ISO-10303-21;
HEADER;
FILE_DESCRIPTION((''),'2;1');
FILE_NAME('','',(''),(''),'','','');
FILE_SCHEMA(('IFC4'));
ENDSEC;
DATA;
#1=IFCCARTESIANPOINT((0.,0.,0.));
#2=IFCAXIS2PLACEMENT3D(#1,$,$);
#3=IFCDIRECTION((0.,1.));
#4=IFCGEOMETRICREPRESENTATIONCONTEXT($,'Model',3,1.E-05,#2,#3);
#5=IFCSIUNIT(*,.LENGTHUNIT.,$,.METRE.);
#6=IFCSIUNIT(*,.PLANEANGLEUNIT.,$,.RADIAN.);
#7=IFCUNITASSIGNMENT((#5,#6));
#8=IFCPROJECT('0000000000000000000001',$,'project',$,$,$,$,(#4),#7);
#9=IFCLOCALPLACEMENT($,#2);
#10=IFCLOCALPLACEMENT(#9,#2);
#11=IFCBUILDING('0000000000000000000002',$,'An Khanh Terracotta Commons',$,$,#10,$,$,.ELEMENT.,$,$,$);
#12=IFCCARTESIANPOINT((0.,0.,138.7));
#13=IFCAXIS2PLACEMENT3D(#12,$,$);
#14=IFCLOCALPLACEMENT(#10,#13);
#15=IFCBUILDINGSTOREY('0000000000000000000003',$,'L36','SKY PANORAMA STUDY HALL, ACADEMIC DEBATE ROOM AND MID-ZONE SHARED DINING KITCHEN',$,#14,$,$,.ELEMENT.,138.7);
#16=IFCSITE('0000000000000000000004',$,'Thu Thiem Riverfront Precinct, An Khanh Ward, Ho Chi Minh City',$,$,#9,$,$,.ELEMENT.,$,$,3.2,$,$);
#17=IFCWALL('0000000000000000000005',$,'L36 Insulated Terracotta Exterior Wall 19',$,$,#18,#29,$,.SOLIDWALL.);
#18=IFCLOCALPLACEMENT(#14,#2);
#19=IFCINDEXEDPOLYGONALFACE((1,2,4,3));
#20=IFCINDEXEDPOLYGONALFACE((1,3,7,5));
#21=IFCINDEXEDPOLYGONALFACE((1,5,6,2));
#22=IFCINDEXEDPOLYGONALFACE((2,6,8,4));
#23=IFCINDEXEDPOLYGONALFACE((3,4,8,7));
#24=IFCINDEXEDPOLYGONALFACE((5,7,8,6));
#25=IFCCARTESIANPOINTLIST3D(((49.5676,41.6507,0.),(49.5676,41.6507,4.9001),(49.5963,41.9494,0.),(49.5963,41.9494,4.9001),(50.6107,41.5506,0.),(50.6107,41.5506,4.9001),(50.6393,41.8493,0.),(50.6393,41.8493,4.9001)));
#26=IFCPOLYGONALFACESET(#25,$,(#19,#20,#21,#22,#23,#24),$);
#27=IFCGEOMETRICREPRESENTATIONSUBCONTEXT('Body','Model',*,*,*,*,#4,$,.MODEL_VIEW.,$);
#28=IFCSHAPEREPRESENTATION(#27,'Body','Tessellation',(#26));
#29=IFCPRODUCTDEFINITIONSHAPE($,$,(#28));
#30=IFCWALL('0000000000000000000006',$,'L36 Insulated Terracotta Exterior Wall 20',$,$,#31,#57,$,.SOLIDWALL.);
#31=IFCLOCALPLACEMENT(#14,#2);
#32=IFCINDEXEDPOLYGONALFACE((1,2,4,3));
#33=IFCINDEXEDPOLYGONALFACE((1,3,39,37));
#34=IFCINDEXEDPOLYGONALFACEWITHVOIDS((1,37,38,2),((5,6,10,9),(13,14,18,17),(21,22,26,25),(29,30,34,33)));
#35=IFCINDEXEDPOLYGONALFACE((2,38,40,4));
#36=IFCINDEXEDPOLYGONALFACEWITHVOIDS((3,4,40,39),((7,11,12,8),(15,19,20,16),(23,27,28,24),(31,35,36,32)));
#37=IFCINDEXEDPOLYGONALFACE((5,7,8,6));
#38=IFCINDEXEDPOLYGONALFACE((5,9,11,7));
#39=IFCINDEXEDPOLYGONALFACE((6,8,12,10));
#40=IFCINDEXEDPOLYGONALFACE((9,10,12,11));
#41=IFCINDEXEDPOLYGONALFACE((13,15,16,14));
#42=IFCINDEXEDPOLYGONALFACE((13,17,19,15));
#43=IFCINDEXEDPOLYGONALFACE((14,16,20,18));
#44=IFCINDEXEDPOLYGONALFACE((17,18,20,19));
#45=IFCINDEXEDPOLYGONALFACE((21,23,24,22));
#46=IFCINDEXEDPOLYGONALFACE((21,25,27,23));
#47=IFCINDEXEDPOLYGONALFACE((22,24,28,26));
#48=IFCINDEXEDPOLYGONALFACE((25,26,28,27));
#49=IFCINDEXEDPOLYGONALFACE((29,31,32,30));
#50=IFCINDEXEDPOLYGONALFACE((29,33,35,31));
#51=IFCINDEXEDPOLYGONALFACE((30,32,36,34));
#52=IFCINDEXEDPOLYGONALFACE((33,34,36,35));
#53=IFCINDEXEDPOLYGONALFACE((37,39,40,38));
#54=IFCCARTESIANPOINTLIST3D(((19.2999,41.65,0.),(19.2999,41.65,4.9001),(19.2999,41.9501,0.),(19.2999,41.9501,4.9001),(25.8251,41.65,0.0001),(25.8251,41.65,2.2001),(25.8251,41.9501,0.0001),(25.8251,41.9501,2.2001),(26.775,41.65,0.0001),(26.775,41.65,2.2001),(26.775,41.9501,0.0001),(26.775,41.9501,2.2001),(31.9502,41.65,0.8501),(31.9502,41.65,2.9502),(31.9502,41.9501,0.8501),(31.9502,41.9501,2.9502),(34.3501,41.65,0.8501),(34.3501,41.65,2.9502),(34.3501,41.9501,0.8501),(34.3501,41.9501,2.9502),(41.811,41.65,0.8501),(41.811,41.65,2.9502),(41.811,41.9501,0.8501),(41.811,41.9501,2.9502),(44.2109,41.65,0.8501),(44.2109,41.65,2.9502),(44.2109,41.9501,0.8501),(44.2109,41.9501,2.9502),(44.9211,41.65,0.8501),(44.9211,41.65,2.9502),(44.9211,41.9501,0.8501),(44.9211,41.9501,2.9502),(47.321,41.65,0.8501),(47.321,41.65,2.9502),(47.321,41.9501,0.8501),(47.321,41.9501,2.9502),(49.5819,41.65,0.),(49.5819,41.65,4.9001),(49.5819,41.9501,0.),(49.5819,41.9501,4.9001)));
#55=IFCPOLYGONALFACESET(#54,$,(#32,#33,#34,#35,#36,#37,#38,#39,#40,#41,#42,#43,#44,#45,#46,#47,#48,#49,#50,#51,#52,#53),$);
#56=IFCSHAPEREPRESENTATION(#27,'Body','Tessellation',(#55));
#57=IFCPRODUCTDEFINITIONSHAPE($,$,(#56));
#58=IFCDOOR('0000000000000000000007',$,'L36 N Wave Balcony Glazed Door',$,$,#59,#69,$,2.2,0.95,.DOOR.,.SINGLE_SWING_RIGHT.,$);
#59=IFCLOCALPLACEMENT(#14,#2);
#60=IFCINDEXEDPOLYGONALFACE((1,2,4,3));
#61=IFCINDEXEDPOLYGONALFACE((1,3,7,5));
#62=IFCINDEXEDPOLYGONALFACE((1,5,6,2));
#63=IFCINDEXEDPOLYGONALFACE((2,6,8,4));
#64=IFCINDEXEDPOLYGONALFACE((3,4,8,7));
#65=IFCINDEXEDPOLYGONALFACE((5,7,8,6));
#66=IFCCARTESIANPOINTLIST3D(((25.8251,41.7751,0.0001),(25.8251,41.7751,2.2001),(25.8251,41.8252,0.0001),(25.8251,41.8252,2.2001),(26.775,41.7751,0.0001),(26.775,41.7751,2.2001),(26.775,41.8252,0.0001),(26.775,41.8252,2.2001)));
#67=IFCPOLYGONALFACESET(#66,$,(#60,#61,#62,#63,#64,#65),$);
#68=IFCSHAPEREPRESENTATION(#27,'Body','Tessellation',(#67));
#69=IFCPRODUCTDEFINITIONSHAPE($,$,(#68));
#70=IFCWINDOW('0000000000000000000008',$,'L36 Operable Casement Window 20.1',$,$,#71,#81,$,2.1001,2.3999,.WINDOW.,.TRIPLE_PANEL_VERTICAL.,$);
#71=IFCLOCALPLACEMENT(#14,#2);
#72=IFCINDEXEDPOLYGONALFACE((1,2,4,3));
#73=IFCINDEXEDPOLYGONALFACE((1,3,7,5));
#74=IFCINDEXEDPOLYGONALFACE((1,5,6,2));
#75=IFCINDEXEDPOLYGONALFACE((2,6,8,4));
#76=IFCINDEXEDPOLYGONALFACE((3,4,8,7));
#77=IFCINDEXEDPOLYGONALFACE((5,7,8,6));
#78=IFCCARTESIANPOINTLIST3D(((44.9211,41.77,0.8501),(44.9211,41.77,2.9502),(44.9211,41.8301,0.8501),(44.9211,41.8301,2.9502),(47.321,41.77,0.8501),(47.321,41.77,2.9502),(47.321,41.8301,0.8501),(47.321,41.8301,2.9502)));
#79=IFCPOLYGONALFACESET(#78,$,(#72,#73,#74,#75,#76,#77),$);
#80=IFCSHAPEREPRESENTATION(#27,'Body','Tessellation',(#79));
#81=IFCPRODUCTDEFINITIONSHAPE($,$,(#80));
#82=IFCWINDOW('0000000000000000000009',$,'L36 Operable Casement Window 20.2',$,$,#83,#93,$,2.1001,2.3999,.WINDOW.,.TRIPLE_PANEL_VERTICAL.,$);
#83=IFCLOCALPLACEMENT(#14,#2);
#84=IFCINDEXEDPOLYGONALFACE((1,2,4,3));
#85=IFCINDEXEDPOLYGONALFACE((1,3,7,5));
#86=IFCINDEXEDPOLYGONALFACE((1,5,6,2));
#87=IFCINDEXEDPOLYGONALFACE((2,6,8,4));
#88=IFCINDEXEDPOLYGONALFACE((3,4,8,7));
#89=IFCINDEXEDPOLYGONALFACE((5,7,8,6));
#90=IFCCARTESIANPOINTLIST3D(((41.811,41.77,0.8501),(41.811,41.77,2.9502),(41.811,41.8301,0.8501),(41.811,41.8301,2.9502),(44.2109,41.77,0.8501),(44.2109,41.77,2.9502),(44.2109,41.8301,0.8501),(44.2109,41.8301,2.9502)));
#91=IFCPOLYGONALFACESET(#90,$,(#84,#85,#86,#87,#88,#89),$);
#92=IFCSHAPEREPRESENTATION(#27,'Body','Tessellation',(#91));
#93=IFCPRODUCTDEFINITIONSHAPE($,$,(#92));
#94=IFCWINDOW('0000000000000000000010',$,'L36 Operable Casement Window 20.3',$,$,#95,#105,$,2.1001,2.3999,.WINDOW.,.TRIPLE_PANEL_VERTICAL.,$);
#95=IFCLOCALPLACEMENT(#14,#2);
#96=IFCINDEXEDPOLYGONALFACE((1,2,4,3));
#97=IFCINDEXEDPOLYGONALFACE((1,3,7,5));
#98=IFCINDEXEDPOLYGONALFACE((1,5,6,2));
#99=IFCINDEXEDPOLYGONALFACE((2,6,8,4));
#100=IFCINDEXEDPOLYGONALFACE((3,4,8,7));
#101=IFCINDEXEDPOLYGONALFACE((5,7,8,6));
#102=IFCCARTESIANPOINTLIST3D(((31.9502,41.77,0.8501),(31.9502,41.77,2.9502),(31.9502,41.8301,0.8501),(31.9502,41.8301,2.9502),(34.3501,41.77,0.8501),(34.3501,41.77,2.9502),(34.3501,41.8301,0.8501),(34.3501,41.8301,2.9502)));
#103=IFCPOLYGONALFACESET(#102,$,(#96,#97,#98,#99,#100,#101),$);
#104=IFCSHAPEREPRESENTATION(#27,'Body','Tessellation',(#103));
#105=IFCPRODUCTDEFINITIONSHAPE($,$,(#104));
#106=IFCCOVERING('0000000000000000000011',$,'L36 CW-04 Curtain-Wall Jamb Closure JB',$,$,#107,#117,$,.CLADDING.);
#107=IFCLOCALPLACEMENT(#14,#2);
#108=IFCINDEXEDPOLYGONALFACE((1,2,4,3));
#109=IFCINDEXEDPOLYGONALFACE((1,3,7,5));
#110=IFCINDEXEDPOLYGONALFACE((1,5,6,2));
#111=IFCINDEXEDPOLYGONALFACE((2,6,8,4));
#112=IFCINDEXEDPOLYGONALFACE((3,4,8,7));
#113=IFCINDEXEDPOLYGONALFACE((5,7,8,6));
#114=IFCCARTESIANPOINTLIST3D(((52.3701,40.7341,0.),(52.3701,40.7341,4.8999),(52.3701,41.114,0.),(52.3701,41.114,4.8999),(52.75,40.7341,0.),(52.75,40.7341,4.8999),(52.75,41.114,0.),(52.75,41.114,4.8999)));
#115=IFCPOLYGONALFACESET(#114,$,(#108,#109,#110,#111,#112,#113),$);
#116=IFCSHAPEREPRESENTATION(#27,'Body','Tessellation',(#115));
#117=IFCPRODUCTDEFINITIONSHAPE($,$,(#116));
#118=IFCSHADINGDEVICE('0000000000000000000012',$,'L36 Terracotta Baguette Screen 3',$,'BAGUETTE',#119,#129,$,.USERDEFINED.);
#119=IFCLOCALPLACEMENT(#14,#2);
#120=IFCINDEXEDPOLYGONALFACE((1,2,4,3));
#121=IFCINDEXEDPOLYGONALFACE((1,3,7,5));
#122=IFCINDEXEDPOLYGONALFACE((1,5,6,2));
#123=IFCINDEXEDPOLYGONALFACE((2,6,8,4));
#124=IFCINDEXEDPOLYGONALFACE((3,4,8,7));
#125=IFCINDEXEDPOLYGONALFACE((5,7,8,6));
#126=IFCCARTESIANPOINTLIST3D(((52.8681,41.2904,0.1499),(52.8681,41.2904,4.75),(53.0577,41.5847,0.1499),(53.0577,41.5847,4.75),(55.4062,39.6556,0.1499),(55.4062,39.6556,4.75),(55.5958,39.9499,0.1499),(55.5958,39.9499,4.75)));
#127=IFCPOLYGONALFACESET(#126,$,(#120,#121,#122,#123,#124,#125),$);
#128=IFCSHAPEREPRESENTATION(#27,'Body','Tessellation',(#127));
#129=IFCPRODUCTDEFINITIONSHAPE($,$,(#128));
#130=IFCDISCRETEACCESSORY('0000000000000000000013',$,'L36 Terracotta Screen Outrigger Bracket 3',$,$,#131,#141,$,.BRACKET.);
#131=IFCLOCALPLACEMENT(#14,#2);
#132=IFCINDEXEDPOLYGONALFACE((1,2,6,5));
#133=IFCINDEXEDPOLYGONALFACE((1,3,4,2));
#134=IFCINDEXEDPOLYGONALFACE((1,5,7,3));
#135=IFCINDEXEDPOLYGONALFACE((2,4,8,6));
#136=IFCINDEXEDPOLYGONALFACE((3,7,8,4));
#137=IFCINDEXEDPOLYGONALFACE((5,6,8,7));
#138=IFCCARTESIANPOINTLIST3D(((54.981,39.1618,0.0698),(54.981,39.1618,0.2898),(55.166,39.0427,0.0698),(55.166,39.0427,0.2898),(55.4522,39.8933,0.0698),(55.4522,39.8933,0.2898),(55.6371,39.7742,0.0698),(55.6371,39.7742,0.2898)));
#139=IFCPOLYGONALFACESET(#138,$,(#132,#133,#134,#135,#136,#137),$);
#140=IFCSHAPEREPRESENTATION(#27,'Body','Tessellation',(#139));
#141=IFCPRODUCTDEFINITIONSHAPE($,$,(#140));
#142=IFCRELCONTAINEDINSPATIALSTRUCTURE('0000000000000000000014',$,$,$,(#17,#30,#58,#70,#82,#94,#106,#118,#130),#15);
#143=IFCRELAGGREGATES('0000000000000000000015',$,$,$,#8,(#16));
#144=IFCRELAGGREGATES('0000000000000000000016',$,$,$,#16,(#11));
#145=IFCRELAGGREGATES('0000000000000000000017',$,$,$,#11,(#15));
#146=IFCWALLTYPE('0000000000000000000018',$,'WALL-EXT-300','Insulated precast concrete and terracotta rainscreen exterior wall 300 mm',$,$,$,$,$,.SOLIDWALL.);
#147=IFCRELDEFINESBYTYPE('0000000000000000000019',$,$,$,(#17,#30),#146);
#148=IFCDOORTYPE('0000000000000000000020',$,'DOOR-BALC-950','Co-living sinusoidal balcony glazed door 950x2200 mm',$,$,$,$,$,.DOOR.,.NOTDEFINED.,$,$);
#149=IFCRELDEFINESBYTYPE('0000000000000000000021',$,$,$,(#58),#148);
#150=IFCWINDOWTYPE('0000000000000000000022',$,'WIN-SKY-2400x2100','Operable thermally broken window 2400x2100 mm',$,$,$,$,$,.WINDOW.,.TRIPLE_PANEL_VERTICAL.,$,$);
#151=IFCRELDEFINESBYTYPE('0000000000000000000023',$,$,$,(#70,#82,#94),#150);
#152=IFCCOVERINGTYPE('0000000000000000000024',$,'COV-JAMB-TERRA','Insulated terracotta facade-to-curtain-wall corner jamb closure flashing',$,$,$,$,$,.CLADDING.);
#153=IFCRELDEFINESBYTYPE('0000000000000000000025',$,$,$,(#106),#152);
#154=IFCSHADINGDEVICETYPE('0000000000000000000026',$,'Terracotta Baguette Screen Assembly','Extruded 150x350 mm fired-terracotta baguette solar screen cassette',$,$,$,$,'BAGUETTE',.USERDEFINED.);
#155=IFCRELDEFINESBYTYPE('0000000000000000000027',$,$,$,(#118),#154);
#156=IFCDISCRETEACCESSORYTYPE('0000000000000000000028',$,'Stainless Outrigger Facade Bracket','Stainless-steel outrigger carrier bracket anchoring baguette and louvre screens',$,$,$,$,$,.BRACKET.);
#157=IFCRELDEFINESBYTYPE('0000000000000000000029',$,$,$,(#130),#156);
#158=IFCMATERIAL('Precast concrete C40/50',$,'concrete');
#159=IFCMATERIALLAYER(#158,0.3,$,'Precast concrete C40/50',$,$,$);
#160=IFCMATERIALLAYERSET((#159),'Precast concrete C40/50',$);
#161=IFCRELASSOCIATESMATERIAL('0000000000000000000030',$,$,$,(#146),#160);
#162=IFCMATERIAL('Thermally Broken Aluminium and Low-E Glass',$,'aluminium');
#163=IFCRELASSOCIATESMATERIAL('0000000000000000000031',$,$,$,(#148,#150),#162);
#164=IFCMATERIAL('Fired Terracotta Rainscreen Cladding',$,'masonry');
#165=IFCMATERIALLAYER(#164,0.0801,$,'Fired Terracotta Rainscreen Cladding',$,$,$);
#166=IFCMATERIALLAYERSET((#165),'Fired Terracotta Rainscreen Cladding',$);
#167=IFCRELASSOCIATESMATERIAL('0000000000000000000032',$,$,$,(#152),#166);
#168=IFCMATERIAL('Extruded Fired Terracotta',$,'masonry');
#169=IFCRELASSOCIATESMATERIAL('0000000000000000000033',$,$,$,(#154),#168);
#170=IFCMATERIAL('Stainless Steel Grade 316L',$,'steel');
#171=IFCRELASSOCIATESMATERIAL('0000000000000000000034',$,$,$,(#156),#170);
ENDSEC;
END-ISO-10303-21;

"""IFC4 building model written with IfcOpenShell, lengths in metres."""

from ifc_helpers import new_model, si_unit, direction, frame, frame_2d, origin, origin_2d, place, context, subcontext, project, spatial, rectangle, extrude, material, layer, layer_set, type_object, element, fill, save


model = new_model("IFC4")

# Units and contexts
model_context = context("Model", 3, precision=1e-05, world=origin(), true_north=direction((0.0, 1.0)))
body_context = subcontext(model_context, "Body", "Model", "MODEL_VIEW")
ifc_project = project(units=[si_unit("LENGTHUNIT", "METRE"), si_unit("PLANEANGLEUNIT", "RADIAN")], contexts=[model_context])

# Site, building, storey
site_placement = place(None, origin())
site = spatial("IfcSite", under=ifc_project, at=site_placement, Name="Thu Thiem Riverfront Precinct, An Khanh Ward, Ho Chi Minh City", CompositionType="ELEMENT", RefElevation=3.2)
building_placement = place(site_placement, origin())
building = spatial("IfcBuilding", under=site, at=building_placement, Name="An Khanh Terracotta Commons", CompositionType="ELEMENT")
storey_placement = place(building_placement, frame((0.0, 0.0, 138.7)))
storey = spatial("IfcBuildingStorey", under=building, at=storey_placement, Name="L36", Description="SKY PANORAMA STUDY HALL, ACADEMIC DEBATE ROOM AND MID-ZONE SHARED DINING KITCHEN", CompositionType="ELEMENT", Elevation=138.7)

# Wall
ifc_material_1 = material(Name="Precast concrete C40/50", Category="concrete")
ifc_layer_1 = layer(ifc_material_1, 0.3, Name="Precast concrete C40/50")
ifc_layer_set_1 = layer_set([ifc_layer_1], Name="Precast concrete C40/50")
wall_type = type_object("IfcWallType", Name="WALL-EXT-300", Description="Insulated precast concrete and terracotta rainscreen exterior wall 300 mm", PredefinedType="SOLIDWALL", material=ifc_layer_set_1)
wall_1_placement = place(storey_placement, frame((50.625, 41.7, 0.0), z_axis=(0.0, 0.0, 1.0), x_axis=(-0.995426, 0.095535, 0.0)))
element("IfcWall", 1, at=wall_1_placement, inside=storey, type_object=wall_type, Name="L36 Insulated Terracotta Exterior Wall 19", PredefinedType="SOLIDWALL", context=body_context, shape_type="SweptSolid", body=[
    extrude(rectangle(XDim=1.0479, YDim=0.3, at=frame_2d((0.5239, 0.0))), origin(), (0.0, 0.0, 1.0), 4.9001),
])

# Wall, openings, door, windows
wall_2_placement = place(storey_placement, frame((49.582, 41.8, 0.0), z_axis=(0.0, 0.0, 1.0), x_axis=(-1.0, 0.0, 0.0)))
wall_2 = element("IfcWall", 2, at=wall_2_placement, inside=storey, type_object=wall_type, Name="L36 Insulated Terracotta Exterior Wall 20", PredefinedType="SOLIDWALL", context=body_context, shape_type="SweptSolid", body=[
    extrude(rectangle(XDim=30.282, YDim=0.3, at=frame_2d((15.1411, 0.0))), origin(), (0.0, 0.0, 1.0), 4.9001),
])
opening_1_placement = place(wall_2_placement, frame((22.8069, 0.0, 0.0)))
opening_1 = element("IfcOpeningElement", 3, at=opening_1_placement, cuts=wall_2, PredefinedType="OPENING", context=body_context, shape_type="SweptSolid", body=[
    extrude(rectangle(XDim=0.95, YDim=2.2, at=frame_2d((0.4751, 1.1001))), frame((0.0, 0.1599, 0.0), z_axis=(0.0, -1.0, 0.0), x_axis=(1.0, 0.0, 0.0)), (0.0, 0.0, 1.0), 0.3201),
])
opening_2_placement = place(wall_2_placement, frame((2.261, 0.0, 0.8501)))
opening_2 = element("IfcOpeningElement", 4, at=opening_2_placement, cuts=wall_2, PredefinedType="OPENING", context=body_context, shape_type="SweptSolid", body=[
    extrude(rectangle(XDim=2.3999, YDim=2.1001, at=frame_2d((1.2, 1.05))), frame((0.0, 0.1599, 0.0), z_axis=(0.0, -1.0, 0.0), x_axis=(1.0, 0.0, 0.0)), (0.0, 0.0, 1.0), 0.3201),
])
opening_3_placement = place(wall_2_placement, frame((5.3711, 0.0, 0.8501)))
opening_3 = element("IfcOpeningElement", 5, at=opening_3_placement, cuts=wall_2, PredefinedType="OPENING", context=body_context, shape_type="SweptSolid", body=[
    extrude(rectangle(XDim=2.3999, YDim=2.1001, at=frame_2d((1.2, 1.05))), frame((0.0, 0.1599, 0.0), z_axis=(0.0, -1.0, 0.0), x_axis=(1.0, 0.0, 0.0)), (0.0, 0.0, 1.0), 0.3201),
])
opening_4_placement = place(wall_2_placement, frame((15.2319, 0.0, 0.8501)))
opening_4 = element("IfcOpeningElement", 6, at=opening_4_placement, cuts=wall_2, PredefinedType="OPENING", context=body_context, shape_type="SweptSolid", body=[
    extrude(rectangle(XDim=2.3999, YDim=2.1001, at=frame_2d((1.2, 1.05))), frame((0.0, 0.1599, 0.0), z_axis=(0.0, -1.0, 0.0), x_axis=(1.0, 0.0, 0.0)), (0.0, 0.0, 1.0), 0.3201),
])
ifc_material_2 = material(Name="Thermally Broken Aluminium and Low-E Glass", Category="aluminium")
door_type = type_object("IfcDoorType", Name="DOOR-BALC-950", Description="Co-living sinusoidal balcony glazed door 950x2200 mm", OperationType="NOTDEFINED", PredefinedType="DOOR", material=ifc_material_2)
door_placement = place(opening_1_placement, origin())
door = element("IfcDoor", 7, at=door_placement, inside=storey, type_object=door_type, Name="L36 N Wave Balcony Glazed Door", OperationType="SINGLE_SWING_RIGHT", OverallHeight=2.2, OverallWidth=0.95, PredefinedType="DOOR", context=body_context, shape_type="SweptSolid", body=[
    extrude(rectangle(XDim=0.95, YDim=2.2, at=frame_2d((0.4751, 1.1001))), frame((0.0, 0.0249, 0.0), z_axis=(0.0, -1.0, 0.0), x_axis=(1.0, 0.0, 0.0)), (0.0, 0.0, 1.0), 0.05),
])
fill(opening_1, door)
window_type = type_object("IfcWindowType", Name="WIN-SKY-2400x2100", Description="Operable thermally broken window 2400x2100 mm", PartitioningType="TRIPLE_PANEL_VERTICAL", PredefinedType="WINDOW", material=ifc_material_2)
window_1_placement = place(opening_2_placement, origin())
window_1 = element("IfcWindow", 8, at=window_1_placement, inside=storey, type_object=window_type, Name="L36 Operable Casement Window 20.1", OverallHeight=2.1001, OverallWidth=2.3999, PartitioningType="TRIPLE_PANEL_VERTICAL", PredefinedType="WINDOW", context=body_context, shape_type="SweptSolid", body=[
    extrude(rectangle(XDim=2.3999, YDim=2.1001, at=frame_2d((1.2, 1.05))), frame((0.0, 0.03, 0.0), z_axis=(0.0, -1.0, 0.0), x_axis=(1.0, 0.0, 0.0)), (0.0, 0.0, 1.0), 0.0601),
])
fill(opening_2, window_1)
window_2_placement = place(opening_3_placement, origin())
window_2 = element("IfcWindow", 9, at=window_2_placement, inside=storey, type_object=window_type, Name="L36 Operable Casement Window 20.2", OverallHeight=2.1001, OverallWidth=2.3999, PartitioningType="TRIPLE_PANEL_VERTICAL", PredefinedType="WINDOW", context=body_context, shape_type="SweptSolid", body=[
    extrude(rectangle(XDim=2.3999, YDim=2.1001, at=frame_2d((1.2, 1.05))), frame((0.0, 0.03, 0.0), z_axis=(0.0, -1.0, 0.0), x_axis=(1.0, 0.0, 0.0)), (0.0, 0.0, 1.0), 0.0601),
])
fill(opening_3, window_2)
window_3_placement = place(opening_4_placement, origin())
window_3 = element("IfcWindow", 10, at=window_3_placement, inside=storey, type_object=window_type, Name="L36 Operable Casement Window 20.3", OverallHeight=2.1001, OverallWidth=2.3999, PartitioningType="TRIPLE_PANEL_VERTICAL", PredefinedType="WINDOW", context=body_context, shape_type="SweptSolid", body=[
    extrude(rectangle(XDim=2.3999, YDim=2.1001, at=frame_2d((1.2, 1.05))), frame((0.0, 0.03, 0.0), z_axis=(0.0, -1.0, 0.0), x_axis=(1.0, 0.0, 0.0)), (0.0, 0.0, 1.0), 0.0601),
])
fill(opening_4, window_3)

# Covering
ifc_material_3 = material(Name="Fired Terracotta Rainscreen Cladding", Category="masonry")
ifc_layer_2 = layer(ifc_material_3, 0.0801, Name="Fired Terracotta Rainscreen Cladding")
ifc_layer_set_2 = layer_set([ifc_layer_2], Name="Fired Terracotta Rainscreen Cladding")
covering_type = type_object("IfcCoveringType", Name="COV-JAMB-TERRA", Description="Insulated terracotta facade-to-curtain-wall corner jamb closure flashing", PredefinedType="CLADDING", material=ifc_layer_set_2)
covering_placement = place(storey_placement, frame((52.5601, 40.9241, 0.0), z_axis=(0.0, 0.0, 1.0), x_axis=(1.0, 0.0, 0.0)))
element("IfcCovering", 11, at=covering_placement, inside=storey, type_object=covering_type, Name="L36 CW-04 Curtain-Wall Jamb Closure JB", PredefinedType="CLADDING", context=body_context, shape_type="SweptSolid", body=[
    extrude(rectangle(XDim=0.3799, YDim=0.3799, at=origin_2d()), origin(), (0.0, 0.0, 1.0), 4.8999),
])

# Shading device
ifc_material_4 = material(Name="Extruded Fired Terracotta", Category="masonry")
shading_device_type = type_object("IfcShadingDeviceType", Name="Terracotta Baguette Screen Assembly", Description="Extruded 150x350 mm fired-terracotta baguette solar screen cassette", ElementType="BAGUETTE", PredefinedType="USERDEFINED", material=ifc_material_4)
shading_device_placement = place(storey_placement, frame((54.2319, 40.6201, 0.1499), z_axis=(0.0, 0.0, 1.0), x_axis=(-0.840702, 0.541498, 0.0)))
element("IfcShadingDevice", 12, at=shading_device_placement, inside=storey, type_object=shading_device_type, Name="L36 Terracotta Baguette Screen 3", ObjectType="BAGUETTE", PredefinedType="USERDEFINED", context=body_context, shape_type="SweptSolid", body=[
    extrude(rectangle(XDim=3.019, YDim=0.3501, at=origin_2d()), origin(), (0.0, 0.0, 1.0), 4.6001),
])

# Discrete accessory
ifc_material_5 = material(Name="Stainless Steel Grade 316L", Category="steel")
discrete_accessory_type = type_object("IfcDiscreteAccessoryType", Name="Stainless Outrigger Facade Bracket", Description="Stainless-steel outrigger carrier bracket anchoring baguette and louvre screens", PredefinedType="BRACKET", material=ifc_material_5)
discrete_accessory_placement = place(storey_placement, frame((55.3091, 39.468, 0.0698), z_axis=(0.0, 0.0, 1.0), x_axis=(-0.840702, 0.541498, 0.0)))
element("IfcDiscreteAccessory", 13, at=discrete_accessory_placement, inside=storey, type_object=discrete_accessory_type, Name="L36 Terracotta Screen Outrigger Bracket 3", PredefinedType="BRACKET", context=body_context, shape_type="SweptSolid", body=[
    extrude(rectangle(XDim=0.22, YDim=0.8701, at=origin_2d()), origin(), (0.0, 0.0, 1.0), 0.22),
])

save(model, "model.ifc")
